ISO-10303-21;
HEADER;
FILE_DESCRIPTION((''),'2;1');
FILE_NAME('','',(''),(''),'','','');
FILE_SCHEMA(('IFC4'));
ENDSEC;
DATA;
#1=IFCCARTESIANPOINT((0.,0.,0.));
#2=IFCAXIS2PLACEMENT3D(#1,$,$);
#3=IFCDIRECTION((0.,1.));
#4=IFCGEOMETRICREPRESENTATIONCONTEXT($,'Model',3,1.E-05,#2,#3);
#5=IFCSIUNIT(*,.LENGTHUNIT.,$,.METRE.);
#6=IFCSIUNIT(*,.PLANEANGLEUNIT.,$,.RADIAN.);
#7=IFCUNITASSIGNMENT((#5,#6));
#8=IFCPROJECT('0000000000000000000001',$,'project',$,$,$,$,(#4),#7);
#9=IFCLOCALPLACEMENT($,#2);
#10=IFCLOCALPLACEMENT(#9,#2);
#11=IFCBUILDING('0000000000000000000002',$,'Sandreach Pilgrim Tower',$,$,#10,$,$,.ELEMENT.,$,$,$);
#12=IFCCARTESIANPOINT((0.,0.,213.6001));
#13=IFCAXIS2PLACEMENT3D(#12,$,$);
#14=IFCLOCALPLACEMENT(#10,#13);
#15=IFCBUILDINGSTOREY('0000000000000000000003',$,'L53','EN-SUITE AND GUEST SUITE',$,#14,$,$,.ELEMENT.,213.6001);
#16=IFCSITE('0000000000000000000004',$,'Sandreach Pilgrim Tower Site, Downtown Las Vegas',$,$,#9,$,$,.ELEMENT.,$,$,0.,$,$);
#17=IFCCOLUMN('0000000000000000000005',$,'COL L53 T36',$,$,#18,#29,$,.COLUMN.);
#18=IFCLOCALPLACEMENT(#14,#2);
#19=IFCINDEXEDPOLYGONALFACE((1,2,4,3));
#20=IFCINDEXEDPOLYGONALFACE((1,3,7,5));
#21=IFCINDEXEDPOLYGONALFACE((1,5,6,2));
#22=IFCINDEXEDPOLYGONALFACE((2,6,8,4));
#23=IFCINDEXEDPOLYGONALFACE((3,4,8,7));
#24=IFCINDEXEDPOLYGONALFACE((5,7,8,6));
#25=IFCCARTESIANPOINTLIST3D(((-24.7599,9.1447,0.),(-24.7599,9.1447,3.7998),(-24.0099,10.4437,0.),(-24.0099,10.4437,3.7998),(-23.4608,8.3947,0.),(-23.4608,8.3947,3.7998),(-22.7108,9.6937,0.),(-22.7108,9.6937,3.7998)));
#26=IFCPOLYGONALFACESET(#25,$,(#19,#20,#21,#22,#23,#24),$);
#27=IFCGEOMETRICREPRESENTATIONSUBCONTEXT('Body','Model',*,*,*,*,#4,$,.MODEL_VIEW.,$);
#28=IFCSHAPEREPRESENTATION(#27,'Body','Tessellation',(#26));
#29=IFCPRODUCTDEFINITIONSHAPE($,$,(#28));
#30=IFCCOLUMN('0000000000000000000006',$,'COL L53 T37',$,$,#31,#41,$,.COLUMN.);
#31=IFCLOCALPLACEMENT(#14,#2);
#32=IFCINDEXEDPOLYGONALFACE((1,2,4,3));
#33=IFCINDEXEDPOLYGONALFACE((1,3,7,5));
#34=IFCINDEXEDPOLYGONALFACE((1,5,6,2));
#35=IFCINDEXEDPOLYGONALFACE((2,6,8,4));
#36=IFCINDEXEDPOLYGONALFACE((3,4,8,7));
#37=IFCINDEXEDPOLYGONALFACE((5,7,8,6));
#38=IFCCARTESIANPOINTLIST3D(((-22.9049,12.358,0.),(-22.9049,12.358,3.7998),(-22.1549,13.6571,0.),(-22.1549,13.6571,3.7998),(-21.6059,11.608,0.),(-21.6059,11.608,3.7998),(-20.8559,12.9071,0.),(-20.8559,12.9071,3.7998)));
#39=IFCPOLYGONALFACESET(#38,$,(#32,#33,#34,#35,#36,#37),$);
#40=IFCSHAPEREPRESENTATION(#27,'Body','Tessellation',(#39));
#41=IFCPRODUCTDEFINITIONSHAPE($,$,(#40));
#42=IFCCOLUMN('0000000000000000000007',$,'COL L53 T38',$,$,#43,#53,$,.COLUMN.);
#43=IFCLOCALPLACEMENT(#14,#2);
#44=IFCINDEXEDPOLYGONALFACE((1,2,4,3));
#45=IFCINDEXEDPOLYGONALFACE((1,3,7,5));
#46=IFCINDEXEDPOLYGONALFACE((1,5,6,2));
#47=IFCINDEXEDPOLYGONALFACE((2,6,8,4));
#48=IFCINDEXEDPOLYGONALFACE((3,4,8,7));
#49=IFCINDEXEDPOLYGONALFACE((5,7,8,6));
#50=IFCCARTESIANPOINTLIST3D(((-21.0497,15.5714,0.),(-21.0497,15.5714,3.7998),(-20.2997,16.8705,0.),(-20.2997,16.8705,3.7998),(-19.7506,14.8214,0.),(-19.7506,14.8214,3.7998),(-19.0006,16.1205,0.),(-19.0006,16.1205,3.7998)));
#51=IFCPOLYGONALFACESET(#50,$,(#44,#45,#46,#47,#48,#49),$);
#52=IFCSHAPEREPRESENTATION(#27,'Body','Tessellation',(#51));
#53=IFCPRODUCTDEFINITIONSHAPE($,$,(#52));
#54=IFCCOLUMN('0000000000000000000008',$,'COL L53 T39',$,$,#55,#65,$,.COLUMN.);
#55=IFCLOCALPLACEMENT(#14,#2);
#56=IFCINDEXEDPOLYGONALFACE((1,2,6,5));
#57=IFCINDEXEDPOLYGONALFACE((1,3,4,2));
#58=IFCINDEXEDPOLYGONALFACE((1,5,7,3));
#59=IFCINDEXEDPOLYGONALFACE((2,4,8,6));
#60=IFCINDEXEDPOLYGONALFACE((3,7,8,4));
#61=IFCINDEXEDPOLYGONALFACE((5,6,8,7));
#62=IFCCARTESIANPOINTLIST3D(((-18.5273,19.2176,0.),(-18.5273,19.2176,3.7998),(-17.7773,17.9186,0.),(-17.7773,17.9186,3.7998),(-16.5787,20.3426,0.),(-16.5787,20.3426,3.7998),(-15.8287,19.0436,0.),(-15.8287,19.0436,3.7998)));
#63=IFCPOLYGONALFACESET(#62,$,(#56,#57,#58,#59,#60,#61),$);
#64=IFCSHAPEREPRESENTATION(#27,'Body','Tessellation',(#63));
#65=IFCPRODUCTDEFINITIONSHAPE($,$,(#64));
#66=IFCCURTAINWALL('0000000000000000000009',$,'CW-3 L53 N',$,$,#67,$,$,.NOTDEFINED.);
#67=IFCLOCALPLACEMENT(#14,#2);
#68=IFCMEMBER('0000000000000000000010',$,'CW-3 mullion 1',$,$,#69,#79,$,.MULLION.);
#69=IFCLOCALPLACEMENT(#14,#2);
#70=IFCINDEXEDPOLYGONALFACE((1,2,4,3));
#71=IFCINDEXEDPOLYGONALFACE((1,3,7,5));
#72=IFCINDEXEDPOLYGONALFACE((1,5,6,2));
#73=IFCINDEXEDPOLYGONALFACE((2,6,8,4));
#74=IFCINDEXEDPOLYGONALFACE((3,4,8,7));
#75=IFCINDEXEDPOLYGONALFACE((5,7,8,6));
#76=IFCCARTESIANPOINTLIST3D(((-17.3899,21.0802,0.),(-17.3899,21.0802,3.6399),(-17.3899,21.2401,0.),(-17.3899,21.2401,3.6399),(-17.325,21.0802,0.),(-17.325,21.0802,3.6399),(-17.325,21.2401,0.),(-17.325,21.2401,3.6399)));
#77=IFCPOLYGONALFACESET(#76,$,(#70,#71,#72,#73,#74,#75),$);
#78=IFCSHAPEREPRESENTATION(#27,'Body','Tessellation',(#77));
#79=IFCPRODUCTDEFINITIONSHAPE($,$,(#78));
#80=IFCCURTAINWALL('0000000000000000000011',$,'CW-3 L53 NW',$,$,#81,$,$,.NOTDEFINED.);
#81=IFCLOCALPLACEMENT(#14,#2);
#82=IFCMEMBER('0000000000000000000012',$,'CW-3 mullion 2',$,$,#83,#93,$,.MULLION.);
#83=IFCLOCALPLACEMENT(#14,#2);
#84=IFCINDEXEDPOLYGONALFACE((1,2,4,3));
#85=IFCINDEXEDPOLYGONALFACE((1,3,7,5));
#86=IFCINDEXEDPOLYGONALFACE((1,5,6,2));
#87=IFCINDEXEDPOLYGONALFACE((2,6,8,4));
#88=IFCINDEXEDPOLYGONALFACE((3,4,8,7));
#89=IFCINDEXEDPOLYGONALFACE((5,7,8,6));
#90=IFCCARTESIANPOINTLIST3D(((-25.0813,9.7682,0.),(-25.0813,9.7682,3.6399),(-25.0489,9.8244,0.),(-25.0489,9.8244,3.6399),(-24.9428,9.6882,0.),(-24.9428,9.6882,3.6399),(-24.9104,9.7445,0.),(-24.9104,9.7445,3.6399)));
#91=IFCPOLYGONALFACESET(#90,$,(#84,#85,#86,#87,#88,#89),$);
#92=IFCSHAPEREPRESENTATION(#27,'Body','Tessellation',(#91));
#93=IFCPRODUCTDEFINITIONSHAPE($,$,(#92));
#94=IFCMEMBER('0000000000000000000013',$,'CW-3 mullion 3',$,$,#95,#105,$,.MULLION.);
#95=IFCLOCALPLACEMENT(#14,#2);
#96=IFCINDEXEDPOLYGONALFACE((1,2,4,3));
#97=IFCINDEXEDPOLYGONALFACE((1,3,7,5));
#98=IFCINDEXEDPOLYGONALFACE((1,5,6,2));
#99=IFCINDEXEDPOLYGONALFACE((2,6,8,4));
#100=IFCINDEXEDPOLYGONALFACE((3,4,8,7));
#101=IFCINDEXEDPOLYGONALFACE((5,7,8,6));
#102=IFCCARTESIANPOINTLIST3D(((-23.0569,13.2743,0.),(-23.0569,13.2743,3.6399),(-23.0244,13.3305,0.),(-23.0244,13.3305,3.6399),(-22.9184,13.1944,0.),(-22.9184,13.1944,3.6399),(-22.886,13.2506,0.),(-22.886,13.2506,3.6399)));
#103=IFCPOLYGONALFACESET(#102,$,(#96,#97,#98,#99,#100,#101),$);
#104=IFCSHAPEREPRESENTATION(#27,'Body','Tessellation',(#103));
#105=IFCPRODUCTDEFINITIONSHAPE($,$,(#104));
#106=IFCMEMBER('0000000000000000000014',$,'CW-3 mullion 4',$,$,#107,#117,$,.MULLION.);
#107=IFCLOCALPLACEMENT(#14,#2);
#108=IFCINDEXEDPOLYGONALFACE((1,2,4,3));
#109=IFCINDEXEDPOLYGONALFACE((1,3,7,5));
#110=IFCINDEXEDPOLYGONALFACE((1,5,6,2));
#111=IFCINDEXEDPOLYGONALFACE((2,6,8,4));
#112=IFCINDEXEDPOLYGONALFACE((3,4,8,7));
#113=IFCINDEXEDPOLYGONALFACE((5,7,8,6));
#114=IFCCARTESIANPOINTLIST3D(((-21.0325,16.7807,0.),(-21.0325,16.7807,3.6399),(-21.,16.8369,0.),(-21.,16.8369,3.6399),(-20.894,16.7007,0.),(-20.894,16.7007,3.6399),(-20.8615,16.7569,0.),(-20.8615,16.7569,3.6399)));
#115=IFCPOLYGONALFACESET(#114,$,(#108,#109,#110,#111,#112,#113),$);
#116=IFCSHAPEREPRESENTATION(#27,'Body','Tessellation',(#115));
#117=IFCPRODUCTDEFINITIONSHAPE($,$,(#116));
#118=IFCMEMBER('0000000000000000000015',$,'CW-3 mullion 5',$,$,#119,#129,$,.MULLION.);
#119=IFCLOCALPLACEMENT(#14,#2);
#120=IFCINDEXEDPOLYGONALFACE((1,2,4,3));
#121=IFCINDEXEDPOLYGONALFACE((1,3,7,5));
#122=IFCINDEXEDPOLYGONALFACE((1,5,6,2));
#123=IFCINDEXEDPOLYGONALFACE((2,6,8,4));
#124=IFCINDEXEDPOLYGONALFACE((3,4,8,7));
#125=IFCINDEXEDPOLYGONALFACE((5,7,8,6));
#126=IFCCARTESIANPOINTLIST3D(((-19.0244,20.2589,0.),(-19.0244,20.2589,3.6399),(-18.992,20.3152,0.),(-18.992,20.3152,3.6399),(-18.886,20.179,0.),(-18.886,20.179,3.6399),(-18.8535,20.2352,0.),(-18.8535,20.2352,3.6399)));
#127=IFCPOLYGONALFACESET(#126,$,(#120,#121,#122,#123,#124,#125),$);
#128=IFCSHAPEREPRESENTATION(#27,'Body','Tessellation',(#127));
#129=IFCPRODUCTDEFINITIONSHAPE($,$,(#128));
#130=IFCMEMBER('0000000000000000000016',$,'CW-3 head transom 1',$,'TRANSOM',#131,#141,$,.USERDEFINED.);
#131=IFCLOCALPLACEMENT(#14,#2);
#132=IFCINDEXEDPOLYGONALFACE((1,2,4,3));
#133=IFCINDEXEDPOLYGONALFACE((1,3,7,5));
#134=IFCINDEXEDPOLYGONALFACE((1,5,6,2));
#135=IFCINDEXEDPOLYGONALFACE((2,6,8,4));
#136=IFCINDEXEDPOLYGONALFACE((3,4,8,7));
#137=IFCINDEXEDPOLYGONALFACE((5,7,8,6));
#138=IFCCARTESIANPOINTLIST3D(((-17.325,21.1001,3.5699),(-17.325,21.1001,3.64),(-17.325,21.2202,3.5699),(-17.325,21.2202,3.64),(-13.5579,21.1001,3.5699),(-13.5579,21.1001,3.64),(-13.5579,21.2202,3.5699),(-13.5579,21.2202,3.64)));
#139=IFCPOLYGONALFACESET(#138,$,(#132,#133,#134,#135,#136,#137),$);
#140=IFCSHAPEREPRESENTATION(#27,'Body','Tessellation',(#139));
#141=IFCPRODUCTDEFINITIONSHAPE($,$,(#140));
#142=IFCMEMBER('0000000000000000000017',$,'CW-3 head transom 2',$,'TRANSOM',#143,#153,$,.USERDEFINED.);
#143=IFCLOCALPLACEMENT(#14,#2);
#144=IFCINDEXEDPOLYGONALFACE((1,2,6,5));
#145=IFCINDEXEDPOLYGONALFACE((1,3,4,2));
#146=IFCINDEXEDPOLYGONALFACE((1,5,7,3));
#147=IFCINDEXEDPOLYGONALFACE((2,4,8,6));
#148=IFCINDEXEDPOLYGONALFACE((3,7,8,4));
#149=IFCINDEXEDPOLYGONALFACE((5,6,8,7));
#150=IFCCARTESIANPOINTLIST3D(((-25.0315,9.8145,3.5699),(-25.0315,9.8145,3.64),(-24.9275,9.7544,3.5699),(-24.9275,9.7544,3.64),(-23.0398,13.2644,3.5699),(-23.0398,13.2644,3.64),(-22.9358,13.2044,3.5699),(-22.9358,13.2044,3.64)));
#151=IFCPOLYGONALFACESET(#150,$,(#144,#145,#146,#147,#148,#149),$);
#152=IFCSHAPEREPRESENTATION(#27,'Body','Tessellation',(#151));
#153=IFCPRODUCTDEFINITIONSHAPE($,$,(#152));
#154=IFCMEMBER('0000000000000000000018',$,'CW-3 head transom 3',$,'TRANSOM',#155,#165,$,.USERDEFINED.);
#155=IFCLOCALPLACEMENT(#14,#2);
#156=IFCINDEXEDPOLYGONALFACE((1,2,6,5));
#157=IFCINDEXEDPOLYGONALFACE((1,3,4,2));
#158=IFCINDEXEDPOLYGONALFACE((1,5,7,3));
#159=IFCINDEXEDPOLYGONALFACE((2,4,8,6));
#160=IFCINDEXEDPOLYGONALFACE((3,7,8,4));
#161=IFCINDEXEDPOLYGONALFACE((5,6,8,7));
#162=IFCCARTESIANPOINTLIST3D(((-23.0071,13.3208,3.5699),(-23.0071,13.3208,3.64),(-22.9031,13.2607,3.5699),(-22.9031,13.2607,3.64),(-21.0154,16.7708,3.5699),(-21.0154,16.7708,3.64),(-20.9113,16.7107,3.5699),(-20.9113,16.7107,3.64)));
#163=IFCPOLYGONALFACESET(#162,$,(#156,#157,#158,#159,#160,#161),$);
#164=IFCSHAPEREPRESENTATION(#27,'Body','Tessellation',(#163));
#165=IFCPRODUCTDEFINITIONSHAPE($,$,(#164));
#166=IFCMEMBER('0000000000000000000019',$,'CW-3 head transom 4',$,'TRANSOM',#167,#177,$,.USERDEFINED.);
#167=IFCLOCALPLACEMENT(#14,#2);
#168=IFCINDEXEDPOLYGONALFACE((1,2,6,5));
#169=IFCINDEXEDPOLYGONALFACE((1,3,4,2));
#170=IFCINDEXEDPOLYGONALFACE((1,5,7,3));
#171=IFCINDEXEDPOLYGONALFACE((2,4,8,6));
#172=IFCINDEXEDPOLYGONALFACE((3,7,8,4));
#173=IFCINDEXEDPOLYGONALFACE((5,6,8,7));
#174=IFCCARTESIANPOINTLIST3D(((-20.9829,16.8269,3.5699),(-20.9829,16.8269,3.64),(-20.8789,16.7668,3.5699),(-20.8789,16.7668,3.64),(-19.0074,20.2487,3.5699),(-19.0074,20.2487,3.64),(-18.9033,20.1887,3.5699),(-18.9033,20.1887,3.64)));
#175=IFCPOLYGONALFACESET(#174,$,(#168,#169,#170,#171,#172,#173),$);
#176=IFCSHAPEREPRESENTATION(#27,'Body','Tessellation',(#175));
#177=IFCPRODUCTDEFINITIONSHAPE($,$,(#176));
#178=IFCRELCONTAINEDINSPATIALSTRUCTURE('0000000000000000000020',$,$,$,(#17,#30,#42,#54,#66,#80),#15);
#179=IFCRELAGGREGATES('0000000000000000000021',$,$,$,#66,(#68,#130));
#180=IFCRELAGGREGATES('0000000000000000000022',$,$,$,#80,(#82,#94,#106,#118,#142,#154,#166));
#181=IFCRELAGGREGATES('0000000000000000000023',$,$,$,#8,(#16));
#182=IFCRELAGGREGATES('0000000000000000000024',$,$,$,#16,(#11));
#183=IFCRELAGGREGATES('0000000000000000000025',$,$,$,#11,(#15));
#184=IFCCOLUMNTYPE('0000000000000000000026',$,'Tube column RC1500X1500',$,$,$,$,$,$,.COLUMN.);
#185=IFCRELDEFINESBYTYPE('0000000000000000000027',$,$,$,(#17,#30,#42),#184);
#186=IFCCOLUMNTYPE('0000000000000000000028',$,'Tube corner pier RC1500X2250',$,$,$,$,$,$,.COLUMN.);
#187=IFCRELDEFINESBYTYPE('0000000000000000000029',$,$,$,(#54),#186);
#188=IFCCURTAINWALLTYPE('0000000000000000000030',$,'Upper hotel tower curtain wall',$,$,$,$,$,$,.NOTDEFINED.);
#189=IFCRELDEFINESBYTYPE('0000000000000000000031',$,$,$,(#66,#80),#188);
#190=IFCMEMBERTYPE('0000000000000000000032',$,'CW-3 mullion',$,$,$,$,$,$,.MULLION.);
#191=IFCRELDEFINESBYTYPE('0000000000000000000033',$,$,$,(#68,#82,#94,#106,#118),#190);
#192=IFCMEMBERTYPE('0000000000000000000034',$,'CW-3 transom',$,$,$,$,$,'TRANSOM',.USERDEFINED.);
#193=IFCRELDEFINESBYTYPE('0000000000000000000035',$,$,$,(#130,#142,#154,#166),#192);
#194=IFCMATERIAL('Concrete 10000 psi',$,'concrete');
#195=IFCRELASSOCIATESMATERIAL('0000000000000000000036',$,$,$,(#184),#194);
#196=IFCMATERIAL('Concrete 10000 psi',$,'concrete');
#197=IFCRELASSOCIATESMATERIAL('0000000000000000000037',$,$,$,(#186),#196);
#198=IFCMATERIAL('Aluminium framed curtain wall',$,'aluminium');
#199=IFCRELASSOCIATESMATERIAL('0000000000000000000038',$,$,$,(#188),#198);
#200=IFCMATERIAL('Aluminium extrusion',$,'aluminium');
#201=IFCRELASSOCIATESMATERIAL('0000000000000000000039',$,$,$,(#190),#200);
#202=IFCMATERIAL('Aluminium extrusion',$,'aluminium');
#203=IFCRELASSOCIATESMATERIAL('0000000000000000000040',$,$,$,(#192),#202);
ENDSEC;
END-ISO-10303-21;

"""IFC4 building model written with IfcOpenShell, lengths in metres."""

from ifc_helpers import new_model, si_unit, direction, frame, origin, origin_2d, place, context, subcontext, project, spatial, rectangle, extrude, material, material_profile, profile_set, type_object, element, aggregate, save


model = new_model("IFC4")

# Units and contexts
model_context = context("Model", 3, precision=1e-05, world=origin(), true_north=direction((0.0, 1.0)))
body_context = subcontext(model_context, "Body", "Model", "MODEL_VIEW")
ifc_project = project(units=[si_unit("LENGTHUNIT", "METRE"), si_unit("PLANEANGLEUNIT", "RADIAN")], contexts=[model_context])

# Site, building, storey
site_placement = place(None, origin())
site = spatial("IfcSite", under=ifc_project, at=site_placement, Name="Sandreach Pilgrim Tower Site, Downtown Las Vegas", CompositionType="ELEMENT", RefElevation=0.0)
building_placement = place(site_placement, origin())
building = spatial("IfcBuilding", under=site, at=building_placement, Name="Sandreach Pilgrim Tower", CompositionType="ELEMENT")
storey_placement = place(building_placement, frame((0.0, 0.0, 213.6001)))
storey = spatial("IfcBuildingStorey", under=building, at=storey_placement, Name="L53", Description="EN-SUITE AND GUEST SUITE", CompositionType="ELEMENT", Elevation=213.6001)

# Columns
ifc_material_1 = material(Name="Concrete 10000 psi", Category="concrete")
ifc_material_profile_1 = material_profile(ifc_material_1, rectangle(XDim=1.5, YDim=1.5, at=origin_2d()), Name="RC1500X1500")
ifc_profile_set_1 = profile_set([ifc_material_profile_1], Name="Concrete 10000 psi")
column_type_1 = type_object("IfcColumnType", Name="Tube column RC1500X1500", PredefinedType="COLUMN", material=ifc_profile_set_1)
for number, where, z_axis, x_axis, name in (
    (1, (-23.7354, 9.4192, 0.0), (0.0, 0.0, 1.0), (-0.866025, 0.5, 0.0), "COL L53 T36"),
    (2, (-21.8804, 12.6326, 0.0), (0.0, 0.0, 1.0), (-0.866025, 0.5, 0.0), "COL L53 T37"),
    (3, (-20.0251, 15.8459, 0.0), (0.0, 0.0, 1.0), (-0.866025, 0.5, 0.0), "COL L53 T38"),
):
    element("IfcColumn", number, at=place(storey_placement, frame(where, z_axis=z_axis, x_axis=x_axis)), inside=storey, type_object=column_type_1, Name=name, PredefinedType="COLUMN", context=body_context, shape_type="SweptSolid", body=[
        extrude(rectangle(XDim=1.5, YDim=1.5, at=origin_2d()), origin(), (0.0, 0.0, 1.0), 3.7998),
    ])
ifc_material_2 = material(Name="Concrete 10000 psi", Category="concrete")
ifc_material_profile_2 = material_profile(ifc_material_2, rectangle(XDim=1.5, YDim=2.25, at=origin_2d()), Name="RC1500X2250")
ifc_profile_set_2 = profile_set([ifc_material_profile_2], Name="Concrete 10000 psi")
column_type_2 = type_object("IfcColumnType", Name="Tube corner pier RC1500X2250", PredefinedType="COLUMN", material=ifc_profile_set_2)
column_placement = place(storey_placement, frame((-17.178, 19.1306, 0.0), z_axis=(0.0, 0.0, 1.0), x_axis=(-0.5, 0.866025, 0.0)))
element("IfcColumn", 4, at=column_placement, inside=storey, type_object=column_type_2, Name="COL L53 T39", PredefinedType="COLUMN", context=body_context, shape_type="SweptSolid", body=[
    extrude(rectangle(XDim=1.5, YDim=2.25, at=origin_2d()), origin(), (0.0, 0.0, 1.0), 3.7998),
])

# Curtain wall, member
ifc_material_3 = material(Name="Aluminium framed curtain wall", Category="aluminium")
curtain_wall_type = type_object("IfcCurtainWallType", Name="Upper hotel tower curtain wall", PredefinedType="NOTDEFINED", material=ifc_material_3)
curtain_wall_1_placement = place(storey_placement, origin())
curtain_wall_1 = element("IfcCurtainWall", 5, at=curtain_wall_1_placement, inside=storey, type_object=curtain_wall_type, Name="CW-3 L53 N", PredefinedType="NOTDEFINED")
ifc_material_4 = material(Name="Aluminium extrusion", Category="aluminium")
ifc_material_profile_3 = material_profile(ifc_material_4, rectangle(XDim=0.0649, YDim=0.1599, at=origin_2d()), Name="CW-3M 65X160")
ifc_profile_set_3 = profile_set([ifc_material_profile_3], Name="Aluminium extrusion")
member_type_1 = type_object("IfcMemberType", Name="CW-3 mullion", PredefinedType="MULLION", material=ifc_profile_set_3)
member_1_placement = place(storey_placement, frame((-17.3574, 21.1602, 0.0), z_axis=(0.0, 0.0, 1.0), x_axis=(1.0, 0.0, 0.0)))
member_1 = element("IfcMember", 6, at=member_1_placement, type_object=member_type_1, Name="CW-3 mullion 1", PredefinedType="MULLION", context=body_context, shape_type="SweptSolid", body=[
    extrude(rectangle(XDim=0.0649, YDim=0.1599, at=origin_2d()), origin(), (0.0, 0.0, 1.0), 3.6399),
])

# Curtain wall, members
curtain_wall_2_placement = place(storey_placement, origin())
curtain_wall_2 = element("IfcCurtainWall", 7, at=curtain_wall_2_placement, inside=storey, type_object=curtain_wall_type, Name="CW-3 L53 NW", PredefinedType="NOTDEFINED")
member_2_placement = place(storey_placement, frame((-24.9958, 9.7563, 0.0), z_axis=(0.0, 0.0, 1.0), x_axis=(0.5, 0.866025, 0.0)))
member_2 = element("IfcMember", 8, at=member_2_placement, type_object=member_type_1, Name="CW-3 mullion 2", PredefinedType="MULLION", context=body_context, shape_type="SweptSolid", body=[
    extrude(rectangle(XDim=0.0649, YDim=0.1599, at=origin_2d()), origin(), (0.0, 0.0, 1.0), 3.6399),
])
member_3_placement = place(storey_placement, frame((-22.9714, 13.2625, 0.0), z_axis=(0.0, 0.0, 1.0), x_axis=(0.5, 0.866025, 0.0)))
member_3 = element("IfcMember", 9, at=member_3_placement, type_object=member_type_1, Name="CW-3 mullion 3", PredefinedType="MULLION", context=body_context, shape_type="SweptSolid", body=[
    extrude(rectangle(XDim=0.0649, YDim=0.1599, at=origin_2d()), origin(), (0.0, 0.0, 1.0), 3.6399),
])
member_4_placement = place(storey_placement, frame((-20.947, 16.7688, 0.0), z_axis=(0.0, 0.0, 1.0), x_axis=(0.5, 0.866025, 0.0)))
member_4 = element("IfcMember", 10, at=member_4_placement, type_object=member_type_1, Name="CW-3 mullion 4", PredefinedType="MULLION", context=body_context, shape_type="SweptSolid", body=[
    extrude(rectangle(XDim=0.0649, YDim=0.1599, at=origin_2d()), origin(), (0.0, 0.0, 1.0), 3.6399),
])
member_5_placement = place(storey_placement, frame((-18.939, 20.2471, 0.0), z_axis=(0.0, 0.0, 1.0), x_axis=(0.5, 0.866025, 0.0)))
member_5 = element("IfcMember", 11, at=member_5_placement, type_object=member_type_1, Name="CW-3 mullion 5", PredefinedType="MULLION", context=body_context, shape_type="SweptSolid", body=[
    extrude(rectangle(XDim=0.0649, YDim=0.1599, at=origin_2d()), origin(), (0.0, 0.0, 1.0), 3.6399),
])

# Members
ifc_material_5 = material(Name="Aluminium extrusion", Category="aluminium")
ifc_material_profile_4 = material_profile(ifc_material_5, rectangle(XDim=0.1201, YDim=0.0701, at=origin_2d()), Name="CW-3T 120X70")
ifc_profile_set_4 = profile_set([ifc_material_profile_4], Name="Aluminium extrusion")
member_type_2 = type_object("IfcMemberType", Name="CW-3 transom", ElementType="TRANSOM", PredefinedType="USERDEFINED", material=ifc_profile_set_4)
member_6_placement = place(storey_placement, frame((-17.325, 21.1602, 3.605), z_axis=(1.0, 0.0, 0.0), x_axis=(0.0, 1.0, 0.0)))
member_6 = element("IfcMember", 12, at=member_6_placement, type_object=member_type_2, Name="CW-3 head transom 1", ObjectType="TRANSOM", PredefinedType="USERDEFINED", context=body_context, shape_type="SweptSolid", body=[
    extrude(rectangle(XDim=0.1201, YDim=0.0701, at=origin_2d()), origin(), (0.0, 0.0, 1.0), 3.7671),
])
member_7_placement = place(storey_placement, frame((-24.9795, 9.7844, 3.605), z_axis=(0.499975, 0.86604, 0.0), x_axis=(-0.86604, 0.499975, 0.0)))
member_7 = element("IfcMember", 13, at=member_7_placement, type_object=member_type_2, Name="CW-3 head transom 2", ObjectType="TRANSOM", PredefinedType="USERDEFINED", context=body_context, shape_type="SweptSolid", body=[
    extrude(rectangle(XDim=0.1201, YDim=0.0701, at=origin_2d()), origin(), (0.0, 0.0, 1.0), 3.9836),
])
member_8_placement = place(storey_placement, frame((-22.9551, 13.2908, 3.605), z_axis=(0.499975, 0.86604, 0.0), x_axis=(-0.86604, 0.499975, 0.0)))
member_8 = element("IfcMember", 14, at=member_8_placement, type_object=member_type_2, Name="CW-3 head transom 3", ObjectType="TRANSOM", PredefinedType="USERDEFINED", context=body_context, shape_type="SweptSolid", body=[
    extrude(rectangle(XDim=0.1201, YDim=0.0701, at=origin_2d()), origin(), (0.0, 0.0, 1.0), 3.9836),
])
member_9_placement = place(storey_placement, frame((-20.9309, 16.7969, 3.605), z_axis=(0.499993, 0.866029, 0.0), x_axis=(-0.866029, 0.499993, 0.0)))
member_9 = element("IfcMember", 15, at=member_9_placement, type_object=member_type_2, Name="CW-3 head transom 4", ObjectType="TRANSOM", PredefinedType="USERDEFINED", context=body_context, shape_type="SweptSolid", body=[
    extrude(rectangle(XDim=0.1201, YDim=0.0701, at=origin_2d()), origin(), (0.0, 0.0, 1.0), 3.9512),
])

aggregate(curtain_wall_1, [member_1, member_6])
aggregate(curtain_wall_2, [member_2, member_3, member_4, member_5, member_7, member_8, member_9])

save(model, "model.ifc")
